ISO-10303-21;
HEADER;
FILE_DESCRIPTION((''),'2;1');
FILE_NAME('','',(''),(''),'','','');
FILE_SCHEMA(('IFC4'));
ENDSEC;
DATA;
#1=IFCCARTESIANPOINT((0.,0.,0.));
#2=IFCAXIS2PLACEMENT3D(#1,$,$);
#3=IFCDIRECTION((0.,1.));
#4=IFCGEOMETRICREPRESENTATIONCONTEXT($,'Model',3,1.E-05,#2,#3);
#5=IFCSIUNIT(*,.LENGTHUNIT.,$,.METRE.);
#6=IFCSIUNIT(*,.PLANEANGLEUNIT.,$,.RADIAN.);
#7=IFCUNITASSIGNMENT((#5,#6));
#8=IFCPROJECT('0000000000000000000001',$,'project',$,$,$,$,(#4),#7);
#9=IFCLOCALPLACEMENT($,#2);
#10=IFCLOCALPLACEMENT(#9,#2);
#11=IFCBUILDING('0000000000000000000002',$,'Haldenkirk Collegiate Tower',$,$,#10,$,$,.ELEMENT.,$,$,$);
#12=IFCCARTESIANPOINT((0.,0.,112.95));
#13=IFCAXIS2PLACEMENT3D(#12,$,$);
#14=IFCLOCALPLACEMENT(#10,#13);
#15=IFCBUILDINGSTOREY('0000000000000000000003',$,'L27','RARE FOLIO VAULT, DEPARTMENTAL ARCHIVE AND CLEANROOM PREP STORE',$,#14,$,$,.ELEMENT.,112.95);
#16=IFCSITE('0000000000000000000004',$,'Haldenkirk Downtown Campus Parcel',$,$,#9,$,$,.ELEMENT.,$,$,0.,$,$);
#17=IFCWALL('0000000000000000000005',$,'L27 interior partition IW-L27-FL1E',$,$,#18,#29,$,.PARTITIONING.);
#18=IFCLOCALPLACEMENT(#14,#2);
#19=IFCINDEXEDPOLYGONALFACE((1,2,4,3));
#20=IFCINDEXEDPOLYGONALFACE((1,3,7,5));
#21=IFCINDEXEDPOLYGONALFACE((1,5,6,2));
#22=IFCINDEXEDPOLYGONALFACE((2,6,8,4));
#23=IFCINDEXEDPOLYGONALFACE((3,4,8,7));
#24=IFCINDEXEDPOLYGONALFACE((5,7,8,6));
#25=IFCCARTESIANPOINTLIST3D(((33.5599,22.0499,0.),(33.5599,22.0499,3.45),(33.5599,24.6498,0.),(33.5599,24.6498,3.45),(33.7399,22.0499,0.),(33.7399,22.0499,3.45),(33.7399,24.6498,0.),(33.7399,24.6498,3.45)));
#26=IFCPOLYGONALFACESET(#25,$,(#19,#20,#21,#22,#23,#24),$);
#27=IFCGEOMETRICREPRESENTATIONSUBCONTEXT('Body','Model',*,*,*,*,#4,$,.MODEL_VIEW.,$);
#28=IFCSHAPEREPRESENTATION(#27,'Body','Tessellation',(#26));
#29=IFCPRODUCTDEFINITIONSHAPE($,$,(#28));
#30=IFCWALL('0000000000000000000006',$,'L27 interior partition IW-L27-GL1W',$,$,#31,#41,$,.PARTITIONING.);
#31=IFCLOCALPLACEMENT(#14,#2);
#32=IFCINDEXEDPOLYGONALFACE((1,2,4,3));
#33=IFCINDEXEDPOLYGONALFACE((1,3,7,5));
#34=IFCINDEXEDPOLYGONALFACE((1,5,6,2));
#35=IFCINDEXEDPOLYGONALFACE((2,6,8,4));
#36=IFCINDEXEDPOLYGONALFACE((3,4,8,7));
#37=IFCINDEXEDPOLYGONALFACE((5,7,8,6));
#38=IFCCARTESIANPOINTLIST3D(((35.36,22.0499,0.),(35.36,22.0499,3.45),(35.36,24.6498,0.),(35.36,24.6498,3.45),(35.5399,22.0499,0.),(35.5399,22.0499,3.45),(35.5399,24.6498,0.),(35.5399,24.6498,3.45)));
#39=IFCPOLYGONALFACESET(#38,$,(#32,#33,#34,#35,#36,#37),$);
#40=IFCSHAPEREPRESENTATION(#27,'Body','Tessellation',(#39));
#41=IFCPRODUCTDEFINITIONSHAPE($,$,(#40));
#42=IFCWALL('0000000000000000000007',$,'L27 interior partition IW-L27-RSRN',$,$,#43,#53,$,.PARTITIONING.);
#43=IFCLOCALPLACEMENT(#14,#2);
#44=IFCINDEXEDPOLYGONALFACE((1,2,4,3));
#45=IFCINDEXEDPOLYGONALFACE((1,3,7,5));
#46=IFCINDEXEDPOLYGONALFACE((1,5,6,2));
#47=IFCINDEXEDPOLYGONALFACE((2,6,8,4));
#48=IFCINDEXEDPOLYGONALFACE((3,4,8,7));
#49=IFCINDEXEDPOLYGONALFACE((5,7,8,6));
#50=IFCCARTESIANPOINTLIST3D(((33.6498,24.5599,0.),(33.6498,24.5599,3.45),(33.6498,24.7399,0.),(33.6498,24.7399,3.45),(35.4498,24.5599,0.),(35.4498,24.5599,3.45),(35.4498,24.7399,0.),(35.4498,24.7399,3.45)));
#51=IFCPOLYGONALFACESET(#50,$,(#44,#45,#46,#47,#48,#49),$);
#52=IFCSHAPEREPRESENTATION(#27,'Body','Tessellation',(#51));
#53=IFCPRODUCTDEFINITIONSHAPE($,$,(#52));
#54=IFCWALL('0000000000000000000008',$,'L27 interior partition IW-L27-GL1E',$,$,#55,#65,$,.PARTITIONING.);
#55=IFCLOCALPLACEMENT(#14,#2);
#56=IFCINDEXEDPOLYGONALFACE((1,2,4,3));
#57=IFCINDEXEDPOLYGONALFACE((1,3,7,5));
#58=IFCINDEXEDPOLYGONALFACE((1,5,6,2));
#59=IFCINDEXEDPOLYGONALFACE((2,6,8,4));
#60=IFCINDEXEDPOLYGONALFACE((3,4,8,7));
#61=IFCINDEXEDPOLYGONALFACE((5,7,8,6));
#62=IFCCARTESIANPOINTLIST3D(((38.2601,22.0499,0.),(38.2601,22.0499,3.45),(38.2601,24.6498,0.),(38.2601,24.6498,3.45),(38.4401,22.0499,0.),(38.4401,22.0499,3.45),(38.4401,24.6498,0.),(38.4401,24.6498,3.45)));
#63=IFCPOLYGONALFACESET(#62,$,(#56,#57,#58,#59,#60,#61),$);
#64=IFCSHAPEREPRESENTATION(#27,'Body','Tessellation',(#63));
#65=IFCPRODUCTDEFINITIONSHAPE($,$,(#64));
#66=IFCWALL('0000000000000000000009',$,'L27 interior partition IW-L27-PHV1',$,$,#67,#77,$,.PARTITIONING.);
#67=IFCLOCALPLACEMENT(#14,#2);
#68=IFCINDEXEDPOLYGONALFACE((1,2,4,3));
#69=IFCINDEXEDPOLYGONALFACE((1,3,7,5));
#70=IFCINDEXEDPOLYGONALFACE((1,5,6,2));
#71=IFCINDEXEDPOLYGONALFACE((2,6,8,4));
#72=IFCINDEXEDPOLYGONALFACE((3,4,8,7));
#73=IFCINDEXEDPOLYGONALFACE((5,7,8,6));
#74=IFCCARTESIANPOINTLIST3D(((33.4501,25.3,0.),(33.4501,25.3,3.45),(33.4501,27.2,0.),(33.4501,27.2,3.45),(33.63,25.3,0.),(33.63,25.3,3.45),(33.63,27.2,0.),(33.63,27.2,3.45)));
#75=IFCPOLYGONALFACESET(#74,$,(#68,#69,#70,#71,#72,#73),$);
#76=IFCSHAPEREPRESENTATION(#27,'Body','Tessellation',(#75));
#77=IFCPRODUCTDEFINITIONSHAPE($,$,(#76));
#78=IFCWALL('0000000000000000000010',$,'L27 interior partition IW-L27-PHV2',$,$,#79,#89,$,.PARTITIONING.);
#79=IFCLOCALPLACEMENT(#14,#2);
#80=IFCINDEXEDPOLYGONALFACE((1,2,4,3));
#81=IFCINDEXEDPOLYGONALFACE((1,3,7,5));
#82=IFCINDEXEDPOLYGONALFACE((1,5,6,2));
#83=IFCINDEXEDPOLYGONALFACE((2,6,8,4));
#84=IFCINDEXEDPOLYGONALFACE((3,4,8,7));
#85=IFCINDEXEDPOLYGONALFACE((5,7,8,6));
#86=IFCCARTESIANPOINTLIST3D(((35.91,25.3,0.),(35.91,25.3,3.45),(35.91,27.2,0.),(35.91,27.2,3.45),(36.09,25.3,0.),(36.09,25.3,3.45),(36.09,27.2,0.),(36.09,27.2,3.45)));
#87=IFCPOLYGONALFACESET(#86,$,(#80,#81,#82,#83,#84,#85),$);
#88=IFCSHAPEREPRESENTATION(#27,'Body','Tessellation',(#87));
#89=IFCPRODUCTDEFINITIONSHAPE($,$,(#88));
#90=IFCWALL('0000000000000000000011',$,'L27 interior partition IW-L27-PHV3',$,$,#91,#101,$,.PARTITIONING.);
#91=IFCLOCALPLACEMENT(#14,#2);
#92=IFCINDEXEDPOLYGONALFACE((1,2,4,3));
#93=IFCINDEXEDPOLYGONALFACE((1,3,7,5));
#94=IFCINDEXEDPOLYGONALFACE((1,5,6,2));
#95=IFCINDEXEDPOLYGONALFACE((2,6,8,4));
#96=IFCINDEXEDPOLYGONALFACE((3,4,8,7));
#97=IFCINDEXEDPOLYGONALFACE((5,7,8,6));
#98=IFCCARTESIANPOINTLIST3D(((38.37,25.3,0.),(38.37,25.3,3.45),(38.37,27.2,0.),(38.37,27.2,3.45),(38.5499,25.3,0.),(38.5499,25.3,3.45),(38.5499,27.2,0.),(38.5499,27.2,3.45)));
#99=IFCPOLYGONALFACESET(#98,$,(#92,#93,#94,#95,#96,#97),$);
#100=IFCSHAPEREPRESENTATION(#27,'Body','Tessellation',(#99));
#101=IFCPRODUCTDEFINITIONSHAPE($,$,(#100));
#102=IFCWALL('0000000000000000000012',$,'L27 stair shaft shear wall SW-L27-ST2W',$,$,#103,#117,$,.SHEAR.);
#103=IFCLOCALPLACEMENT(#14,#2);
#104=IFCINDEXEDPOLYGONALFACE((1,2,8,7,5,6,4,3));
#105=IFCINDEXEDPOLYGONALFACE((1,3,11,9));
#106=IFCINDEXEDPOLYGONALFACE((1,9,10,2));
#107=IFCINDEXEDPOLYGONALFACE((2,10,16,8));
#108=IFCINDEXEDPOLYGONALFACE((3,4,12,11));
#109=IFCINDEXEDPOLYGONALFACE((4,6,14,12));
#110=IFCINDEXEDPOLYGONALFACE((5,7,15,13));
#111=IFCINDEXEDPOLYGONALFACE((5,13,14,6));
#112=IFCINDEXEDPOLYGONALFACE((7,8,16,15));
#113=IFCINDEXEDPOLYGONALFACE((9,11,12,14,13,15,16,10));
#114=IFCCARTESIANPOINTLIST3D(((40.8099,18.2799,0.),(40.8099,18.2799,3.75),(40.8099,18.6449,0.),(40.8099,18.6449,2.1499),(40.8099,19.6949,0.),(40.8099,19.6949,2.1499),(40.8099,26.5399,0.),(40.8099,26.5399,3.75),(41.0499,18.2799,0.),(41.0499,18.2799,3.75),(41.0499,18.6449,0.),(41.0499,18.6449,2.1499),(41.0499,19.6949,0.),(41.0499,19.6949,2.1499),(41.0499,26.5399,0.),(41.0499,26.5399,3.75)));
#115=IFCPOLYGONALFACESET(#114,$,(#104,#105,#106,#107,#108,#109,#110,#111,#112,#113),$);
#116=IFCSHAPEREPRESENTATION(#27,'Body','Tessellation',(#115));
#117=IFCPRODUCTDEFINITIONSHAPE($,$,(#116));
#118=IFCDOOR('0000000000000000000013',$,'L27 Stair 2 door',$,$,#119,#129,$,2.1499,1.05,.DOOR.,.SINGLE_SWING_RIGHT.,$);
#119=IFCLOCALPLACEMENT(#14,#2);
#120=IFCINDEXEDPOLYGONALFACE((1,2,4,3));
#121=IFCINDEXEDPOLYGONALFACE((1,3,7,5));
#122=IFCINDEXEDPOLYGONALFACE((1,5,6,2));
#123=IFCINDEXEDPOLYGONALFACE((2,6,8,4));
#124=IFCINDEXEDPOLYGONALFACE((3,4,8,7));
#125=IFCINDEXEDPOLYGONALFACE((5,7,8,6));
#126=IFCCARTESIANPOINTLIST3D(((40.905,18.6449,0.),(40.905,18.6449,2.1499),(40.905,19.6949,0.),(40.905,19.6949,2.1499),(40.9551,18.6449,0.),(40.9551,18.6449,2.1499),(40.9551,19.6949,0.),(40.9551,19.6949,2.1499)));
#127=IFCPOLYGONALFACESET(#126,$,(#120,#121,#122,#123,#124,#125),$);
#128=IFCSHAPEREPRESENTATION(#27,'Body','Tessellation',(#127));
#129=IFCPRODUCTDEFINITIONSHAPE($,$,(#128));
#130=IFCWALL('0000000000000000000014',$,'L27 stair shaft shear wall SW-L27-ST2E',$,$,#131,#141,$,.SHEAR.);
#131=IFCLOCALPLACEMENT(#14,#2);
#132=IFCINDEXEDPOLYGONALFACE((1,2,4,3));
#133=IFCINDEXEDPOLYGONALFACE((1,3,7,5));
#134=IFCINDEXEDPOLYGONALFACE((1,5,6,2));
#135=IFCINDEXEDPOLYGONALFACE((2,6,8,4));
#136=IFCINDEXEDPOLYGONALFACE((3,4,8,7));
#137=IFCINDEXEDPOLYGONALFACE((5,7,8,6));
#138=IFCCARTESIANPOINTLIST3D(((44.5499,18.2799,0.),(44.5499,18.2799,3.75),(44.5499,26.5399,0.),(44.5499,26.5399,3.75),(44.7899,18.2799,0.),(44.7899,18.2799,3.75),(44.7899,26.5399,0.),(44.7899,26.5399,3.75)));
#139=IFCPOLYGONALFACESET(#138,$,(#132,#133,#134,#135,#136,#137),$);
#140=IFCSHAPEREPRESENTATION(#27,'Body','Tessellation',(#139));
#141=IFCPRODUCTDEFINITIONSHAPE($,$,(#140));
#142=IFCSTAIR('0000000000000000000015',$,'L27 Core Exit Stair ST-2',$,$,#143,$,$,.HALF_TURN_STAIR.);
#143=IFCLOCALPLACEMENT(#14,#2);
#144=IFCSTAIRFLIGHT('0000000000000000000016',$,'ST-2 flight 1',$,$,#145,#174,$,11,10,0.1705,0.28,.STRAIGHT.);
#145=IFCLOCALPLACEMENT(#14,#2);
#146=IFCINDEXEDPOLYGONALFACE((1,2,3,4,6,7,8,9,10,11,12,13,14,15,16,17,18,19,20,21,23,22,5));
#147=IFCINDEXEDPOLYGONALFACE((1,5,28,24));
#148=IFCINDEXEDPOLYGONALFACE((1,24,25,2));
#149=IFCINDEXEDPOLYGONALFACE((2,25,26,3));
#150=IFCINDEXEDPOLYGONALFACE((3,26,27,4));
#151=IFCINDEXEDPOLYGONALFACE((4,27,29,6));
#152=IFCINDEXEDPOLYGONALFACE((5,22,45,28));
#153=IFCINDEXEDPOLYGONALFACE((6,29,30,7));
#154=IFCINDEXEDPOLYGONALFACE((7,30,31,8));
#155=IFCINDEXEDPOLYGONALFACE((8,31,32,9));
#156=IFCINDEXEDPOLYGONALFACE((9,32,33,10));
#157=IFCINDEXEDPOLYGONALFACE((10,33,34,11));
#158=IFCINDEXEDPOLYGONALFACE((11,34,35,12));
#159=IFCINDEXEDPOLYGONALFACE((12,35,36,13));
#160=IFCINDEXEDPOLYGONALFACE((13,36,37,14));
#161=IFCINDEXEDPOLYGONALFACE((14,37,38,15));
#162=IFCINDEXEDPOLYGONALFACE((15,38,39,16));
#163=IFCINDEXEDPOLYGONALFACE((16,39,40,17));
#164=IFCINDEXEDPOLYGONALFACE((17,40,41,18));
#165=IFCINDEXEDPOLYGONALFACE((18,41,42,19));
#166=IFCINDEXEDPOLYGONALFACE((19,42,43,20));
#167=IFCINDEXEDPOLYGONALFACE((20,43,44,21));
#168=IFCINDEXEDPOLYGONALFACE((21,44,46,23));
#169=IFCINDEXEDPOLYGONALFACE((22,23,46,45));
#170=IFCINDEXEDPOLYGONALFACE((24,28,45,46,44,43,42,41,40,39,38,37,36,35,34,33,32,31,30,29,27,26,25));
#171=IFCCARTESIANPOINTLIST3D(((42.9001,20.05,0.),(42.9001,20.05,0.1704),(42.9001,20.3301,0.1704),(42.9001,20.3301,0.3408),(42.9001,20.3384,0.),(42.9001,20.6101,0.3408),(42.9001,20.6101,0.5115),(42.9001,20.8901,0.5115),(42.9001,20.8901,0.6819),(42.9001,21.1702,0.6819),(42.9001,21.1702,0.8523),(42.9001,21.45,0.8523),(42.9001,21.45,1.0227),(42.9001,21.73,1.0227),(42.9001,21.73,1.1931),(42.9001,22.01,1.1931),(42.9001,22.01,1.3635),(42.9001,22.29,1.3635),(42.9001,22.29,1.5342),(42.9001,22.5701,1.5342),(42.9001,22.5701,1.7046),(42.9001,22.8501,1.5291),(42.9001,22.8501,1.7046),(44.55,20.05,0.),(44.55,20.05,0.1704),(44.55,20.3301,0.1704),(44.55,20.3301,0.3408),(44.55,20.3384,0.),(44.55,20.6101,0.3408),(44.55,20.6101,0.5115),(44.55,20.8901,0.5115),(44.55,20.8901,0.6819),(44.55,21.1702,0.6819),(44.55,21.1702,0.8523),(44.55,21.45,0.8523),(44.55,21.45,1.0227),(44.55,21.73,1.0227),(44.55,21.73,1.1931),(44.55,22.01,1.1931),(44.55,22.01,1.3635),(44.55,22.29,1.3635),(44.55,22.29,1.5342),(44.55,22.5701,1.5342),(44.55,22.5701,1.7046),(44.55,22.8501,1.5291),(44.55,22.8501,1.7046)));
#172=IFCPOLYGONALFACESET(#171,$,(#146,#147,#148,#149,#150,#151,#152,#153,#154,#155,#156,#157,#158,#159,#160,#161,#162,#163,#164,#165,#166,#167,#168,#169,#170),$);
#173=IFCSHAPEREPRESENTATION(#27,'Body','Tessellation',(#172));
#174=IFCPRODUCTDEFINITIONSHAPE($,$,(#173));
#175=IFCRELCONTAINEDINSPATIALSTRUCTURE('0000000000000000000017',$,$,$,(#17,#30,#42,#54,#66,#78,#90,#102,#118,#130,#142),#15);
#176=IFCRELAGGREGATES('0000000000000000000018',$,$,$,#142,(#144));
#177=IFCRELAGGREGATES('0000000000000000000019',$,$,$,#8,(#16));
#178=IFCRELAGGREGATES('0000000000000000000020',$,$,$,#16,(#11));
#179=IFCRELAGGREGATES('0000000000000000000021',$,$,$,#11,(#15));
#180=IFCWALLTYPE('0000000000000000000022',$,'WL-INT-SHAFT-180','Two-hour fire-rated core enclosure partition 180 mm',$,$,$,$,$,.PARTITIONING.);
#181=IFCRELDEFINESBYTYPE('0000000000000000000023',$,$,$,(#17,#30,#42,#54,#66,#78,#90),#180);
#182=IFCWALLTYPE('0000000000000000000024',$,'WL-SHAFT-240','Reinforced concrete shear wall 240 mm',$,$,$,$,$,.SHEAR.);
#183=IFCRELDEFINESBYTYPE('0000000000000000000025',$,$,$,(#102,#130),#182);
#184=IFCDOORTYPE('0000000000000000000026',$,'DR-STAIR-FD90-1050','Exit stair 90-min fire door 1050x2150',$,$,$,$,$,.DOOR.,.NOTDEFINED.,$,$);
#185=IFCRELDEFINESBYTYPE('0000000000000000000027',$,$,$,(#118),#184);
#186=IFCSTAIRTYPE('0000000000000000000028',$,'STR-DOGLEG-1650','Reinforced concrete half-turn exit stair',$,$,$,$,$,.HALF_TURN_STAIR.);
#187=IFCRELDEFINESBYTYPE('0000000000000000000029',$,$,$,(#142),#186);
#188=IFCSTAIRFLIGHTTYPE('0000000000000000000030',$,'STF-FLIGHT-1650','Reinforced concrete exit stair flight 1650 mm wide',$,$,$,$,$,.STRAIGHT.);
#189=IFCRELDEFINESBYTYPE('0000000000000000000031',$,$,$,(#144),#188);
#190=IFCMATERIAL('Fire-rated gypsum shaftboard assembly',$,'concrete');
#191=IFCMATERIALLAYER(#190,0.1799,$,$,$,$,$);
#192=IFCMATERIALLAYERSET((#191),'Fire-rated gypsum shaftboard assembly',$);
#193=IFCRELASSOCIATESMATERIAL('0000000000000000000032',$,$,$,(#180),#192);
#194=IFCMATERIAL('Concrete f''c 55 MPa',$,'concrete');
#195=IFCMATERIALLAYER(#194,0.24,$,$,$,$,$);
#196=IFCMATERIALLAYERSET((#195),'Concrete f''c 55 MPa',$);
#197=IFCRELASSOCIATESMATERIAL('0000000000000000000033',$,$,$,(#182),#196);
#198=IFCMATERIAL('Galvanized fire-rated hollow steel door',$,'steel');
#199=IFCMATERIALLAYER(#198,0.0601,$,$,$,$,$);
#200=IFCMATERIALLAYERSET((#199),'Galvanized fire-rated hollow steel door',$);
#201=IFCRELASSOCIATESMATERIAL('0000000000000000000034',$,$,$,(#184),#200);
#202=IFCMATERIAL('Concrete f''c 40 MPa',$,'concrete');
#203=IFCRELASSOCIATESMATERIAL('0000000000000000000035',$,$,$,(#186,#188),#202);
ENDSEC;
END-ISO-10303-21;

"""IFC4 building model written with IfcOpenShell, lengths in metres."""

from ifc_helpers import new_model, si_unit, direction, frame, frame_2d, origin, place, context, subcontext, project, spatial, polyline, rectangle, outline, extrude, material, layer, layer_set, type_object, element, fill, aggregate, save


model = new_model("IFC4")

# Units and contexts
model_context = context("Model", 3, precision=1e-05, world=origin(), true_north=direction((0.0, 1.0)))
body_context = subcontext(model_context, "Body", "Model", "MODEL_VIEW")
ifc_project = project(units=[si_unit("LENGTHUNIT", "METRE"), si_unit("PLANEANGLEUNIT", "RADIAN")], contexts=[model_context])

# Site, building, storey
site_placement = place(None, origin())
site = spatial("IfcSite", under=ifc_project, at=site_placement, Name="Haldenkirk Downtown Campus Parcel", CompositionType="ELEMENT", RefElevation=0.0)
building_placement = place(site_placement, origin())
building = spatial("IfcBuilding", under=site, at=building_placement, Name="Haldenkirk Collegiate Tower", CompositionType="ELEMENT")
storey_placement = place(building_placement, frame((0.0, 0.0, 112.95)))
storey = spatial("IfcBuildingStorey", under=building, at=storey_placement, Name="L27", Description="RARE FOLIO VAULT, DEPARTMENTAL ARCHIVE AND CLEANROOM PREP STORE", CompositionType="ELEMENT", Elevation=112.95)

# Walls
ifc_material_1 = material(Name="Fire-rated gypsum shaftboard assembly", Category="concrete")
ifc_layer_1 = layer(ifc_material_1, 0.1799)
ifc_layer_set_1 = layer_set([ifc_layer_1], Name="Fire-rated gypsum shaftboard assembly")
wall_type_1 = type_object("IfcWallType", Name="WL-INT-SHAFT-180", Description="Two-hour fire-rated core enclosure partition 180 mm", PredefinedType="PARTITIONING", material=ifc_layer_set_1)
for number, where, z_axis, x_axis, name in (
    (1, (33.6499, 22.05, 0.0), (0.0, 0.0, 1.0), (0.0, 1.0, 0.0), "L27 interior partition IW-L27-FL1E"),
    (2, (35.45, 22.05, 0.0), (0.0, 0.0, 1.0), (0.0, 1.0, 0.0), "L27 interior partition IW-L27-GL1W"),
):
    element("IfcWall", number, at=place(storey_placement, frame(where, z_axis=z_axis, x_axis=x_axis)), inside=storey, type_object=wall_type_1, Name=name, PredefinedType="PARTITIONING", context=body_context, shape_type="SweptSolid", body=[
        extrude(rectangle(XDim=2.5999, YDim=0.1799, at=frame_2d((1.2998, 0.0))), origin(), (0.0, 0.0, 1.0), 3.45),
    ])
wall_1_placement = place(storey_placement, frame((33.6499, 24.6499, 0.0), z_axis=(0.0, 0.0, 1.0), x_axis=(1.0, 0.0, 0.0)))
element("IfcWall", 3, at=wall_1_placement, inside=storey, type_object=wall_type_1, Name="L27 interior partition IW-L27-RSRN", PredefinedType="PARTITIONING", context=body_context, shape_type="SweptSolid", body=[
    extrude(rectangle(XDim=1.8, YDim=0.1799, at=frame_2d((0.8999, 0.0))), origin(), (0.0, 0.0, 1.0), 3.45),
])
wall_2_placement = place(storey_placement, frame((38.3501, 22.05, 0.0), z_axis=(0.0, 0.0, 1.0), x_axis=(0.0, 1.0, 0.0)))
element("IfcWall", 4, at=wall_2_placement, inside=storey, type_object=wall_type_1, Name="L27 interior partition IW-L27-GL1E", PredefinedType="PARTITIONING", context=body_context, shape_type="SweptSolid", body=[
    extrude(rectangle(XDim=2.5999, YDim=0.1799, at=frame_2d((1.2998, 0.0))), origin(), (0.0, 0.0, 1.0), 3.45),
])
for number, where, z_axis, x_axis, name in (
    (5, (33.54, 25.3, 0.0), (0.0, 0.0, 1.0), (0.0, 1.0, 0.0), "L27 interior partition IW-L27-PHV1"),
    (6, (36.0, 25.3, 0.0), (0.0, 0.0, 1.0), (0.0, 1.0, 0.0), "L27 interior partition IW-L27-PHV2"),
    (7, (38.46, 25.3, 0.0), (0.0, 0.0, 1.0), (0.0, 1.0, 0.0), "L27 interior partition IW-L27-PHV3"),
):
    element("IfcWall", number, at=place(storey_placement, frame(where, z_axis=z_axis, x_axis=x_axis)), inside=storey, type_object=wall_type_1, Name=name, PredefinedType="PARTITIONING", context=body_context, shape_type="SweptSolid", body=[
        extrude(rectangle(XDim=1.8999, YDim=0.1799, at=frame_2d((0.95, 0.0))), origin(), (0.0, 0.0, 1.0), 3.45),
    ])

# Wall, opening, door
ifc_material_2 = material(Name="Concrete f'c 55 MPa", Category="concrete")
ifc_layer_2 = layer(ifc_material_2, 0.24)
ifc_layer_set_2 = layer_set([ifc_layer_2], Name="Concrete f'c 55 MPa")
wall_type_2 = type_object("IfcWallType", Name="WL-SHAFT-240", Description="Reinforced concrete shear wall 240 mm", PredefinedType="SHEAR", material=ifc_layer_set_2)
wall_3_placement = place(storey_placement, frame((40.9299, 18.28, 0.0), z_axis=(0.0, 0.0, 1.0), x_axis=(0.0, 1.0, 0.0)))
wall_3 = element("IfcWall", 8, at=wall_3_placement, inside=storey, type_object=wall_type_2, Name="L27 stair shaft shear wall SW-L27-ST2W", PredefinedType="SHEAR", context=body_context, shape_type="SweptSolid", body=[
    extrude(rectangle(XDim=8.26, YDim=0.24, at=frame_2d((4.1299, 0.0))), origin(), (0.0, 0.0, 1.0), 3.75),
])
opening_1_placement = place(wall_3_placement, frame((0.365, 0.0, 0.0)))
opening_1 = element("IfcOpeningElement", 9, at=opening_1_placement, cuts=wall_3, PredefinedType="OPENING", context=body_context, shape_type="SweptSolid", body=[
    extrude(rectangle(XDim=1.05, YDim=2.1499, at=frame_2d((0.5249, 1.075))), frame((0.0, 0.1299, 0.0), z_axis=(0.0, -1.0, 0.0), x_axis=(1.0, 0.0, 0.0)), (0.0, 0.0, 1.0), 0.26),
])
ifc_material_3 = material(Name="Galvanized fire-rated hollow steel door", Category="steel")
ifc_layer_3 = layer(ifc_material_3, 0.0601)
ifc_layer_set_3 = layer_set([ifc_layer_3], Name="Galvanized fire-rated hollow steel door")
door_type_1 = type_object("IfcDoorType", Name="DR-STAIR-FD90-1050", Description="Exit stair 90-min fire door 1050x2150", OperationType="NOTDEFINED", PredefinedType="DOOR", material=ifc_layer_set_3)
door_1_placement = place(opening_1_placement, origin())
door_1 = element("IfcDoor", 10, at=door_1_placement, inside=storey, type_object=door_type_1, Name="L27 Stair 2 door", OperationType="SINGLE_SWING_RIGHT", OverallHeight=2.1499, OverallWidth=1.05, PredefinedType="DOOR", context=body_context, shape_type="SweptSolid", body=[
    extrude(rectangle(XDim=1.05, YDim=2.1499, at=frame_2d((0.5249, 1.075))), frame((0.0, 0.0249, 0.0), z_axis=(0.0, -1.0, 0.0), x_axis=(1.0, 0.0, 0.0)), (0.0, 0.0, 1.0), 0.05),
])
fill(opening_1, door_1)

# Wall
wall_4_placement = place(storey_placement, frame((44.6699, 18.28, 0.0), z_axis=(0.0, 0.0, 1.0), x_axis=(0.0, 1.0, 0.0)))
element("IfcWall", 11, at=wall_4_placement, inside=storey, type_object=wall_type_2, Name="L27 stair shaft shear wall SW-L27-ST2E", PredefinedType="SHEAR", context=body_context, shape_type="SweptSolid", body=[
    extrude(rectangle(XDim=8.26, YDim=0.24, at=frame_2d((4.1299, 0.0))), origin(), (0.0, 0.0, 1.0), 3.75),
])

# Stair, stair flight
ifc_material_4 = material(Name="Concrete f'c 40 MPa", Category="concrete")
stair_type = type_object("IfcStairType", Name="STR-DOGLEG-1650", Description="Reinforced concrete half-turn exit stair", PredefinedType="HALF_TURN_STAIR", material=ifc_material_4)
stair_placement = place(storey_placement, origin())
stair = element("IfcStair", 12, at=stair_placement, inside=storey, type_object=stair_type, Name="L27 Core Exit Stair ST-2", PredefinedType="HALF_TURN_STAIR")
stair_flight_type = type_object("IfcStairFlightType", Name="STF-FLIGHT-1650", Description="Reinforced concrete exit stair flight 1650 mm wide", PredefinedType="STRAIGHT", material=ifc_material_4)
stair_flight_1_placement = place(storey_placement, frame((43.7251, 20.05, 0.0), z_axis=(0.0, 0.0, 1.0), x_axis=(0.0, 1.0, 0.0)))
stair_flight_1 = element("IfcStairFlight", 13, at=stair_flight_1_placement, type_object=stair_flight_type, Name="ST-2 flight 1", NumberOfRisers=11, NumberOfTreads=10, PredefinedType="STRAIGHT", RiserHeight=0.1705, TreadLength=0.28, context=body_context, shape_type="SweptSolid", body=[
    extrude(outline(polyline([(0.0, 0.0), (0.0, 0.1704), (0.28, 0.1704), (0.28, 0.3408), (0.5601, 0.3408), (0.5601, 0.5115), (0.8401, 0.5115), (0.8401, 0.6819), (1.1201, 0.6819), (1.1201, 0.8523), (1.3999, 0.8523), (1.3999, 1.0227), (1.6799, 1.0227), (1.6799, 1.1931), (1.96, 1.1931), (1.96, 1.3635), (2.24, 1.3635), (2.24, 1.5342), (2.52, 1.5342), (2.52, 1.7046), (2.8, 1.7046), (2.8, 1.875), (2.8, 1.5291), (0.2883, 0.0), (0.0, 0.0)])), frame((0.0, 0.825, 0.0), z_axis=(0.0, -1.0, 0.0), x_axis=(1.0, 0.0, 0.0)), (0.0, 0.0, 1.0), 1.6499),
])
aggregate(stair, [stair_flight_1])

save(model, "model.ifc")
